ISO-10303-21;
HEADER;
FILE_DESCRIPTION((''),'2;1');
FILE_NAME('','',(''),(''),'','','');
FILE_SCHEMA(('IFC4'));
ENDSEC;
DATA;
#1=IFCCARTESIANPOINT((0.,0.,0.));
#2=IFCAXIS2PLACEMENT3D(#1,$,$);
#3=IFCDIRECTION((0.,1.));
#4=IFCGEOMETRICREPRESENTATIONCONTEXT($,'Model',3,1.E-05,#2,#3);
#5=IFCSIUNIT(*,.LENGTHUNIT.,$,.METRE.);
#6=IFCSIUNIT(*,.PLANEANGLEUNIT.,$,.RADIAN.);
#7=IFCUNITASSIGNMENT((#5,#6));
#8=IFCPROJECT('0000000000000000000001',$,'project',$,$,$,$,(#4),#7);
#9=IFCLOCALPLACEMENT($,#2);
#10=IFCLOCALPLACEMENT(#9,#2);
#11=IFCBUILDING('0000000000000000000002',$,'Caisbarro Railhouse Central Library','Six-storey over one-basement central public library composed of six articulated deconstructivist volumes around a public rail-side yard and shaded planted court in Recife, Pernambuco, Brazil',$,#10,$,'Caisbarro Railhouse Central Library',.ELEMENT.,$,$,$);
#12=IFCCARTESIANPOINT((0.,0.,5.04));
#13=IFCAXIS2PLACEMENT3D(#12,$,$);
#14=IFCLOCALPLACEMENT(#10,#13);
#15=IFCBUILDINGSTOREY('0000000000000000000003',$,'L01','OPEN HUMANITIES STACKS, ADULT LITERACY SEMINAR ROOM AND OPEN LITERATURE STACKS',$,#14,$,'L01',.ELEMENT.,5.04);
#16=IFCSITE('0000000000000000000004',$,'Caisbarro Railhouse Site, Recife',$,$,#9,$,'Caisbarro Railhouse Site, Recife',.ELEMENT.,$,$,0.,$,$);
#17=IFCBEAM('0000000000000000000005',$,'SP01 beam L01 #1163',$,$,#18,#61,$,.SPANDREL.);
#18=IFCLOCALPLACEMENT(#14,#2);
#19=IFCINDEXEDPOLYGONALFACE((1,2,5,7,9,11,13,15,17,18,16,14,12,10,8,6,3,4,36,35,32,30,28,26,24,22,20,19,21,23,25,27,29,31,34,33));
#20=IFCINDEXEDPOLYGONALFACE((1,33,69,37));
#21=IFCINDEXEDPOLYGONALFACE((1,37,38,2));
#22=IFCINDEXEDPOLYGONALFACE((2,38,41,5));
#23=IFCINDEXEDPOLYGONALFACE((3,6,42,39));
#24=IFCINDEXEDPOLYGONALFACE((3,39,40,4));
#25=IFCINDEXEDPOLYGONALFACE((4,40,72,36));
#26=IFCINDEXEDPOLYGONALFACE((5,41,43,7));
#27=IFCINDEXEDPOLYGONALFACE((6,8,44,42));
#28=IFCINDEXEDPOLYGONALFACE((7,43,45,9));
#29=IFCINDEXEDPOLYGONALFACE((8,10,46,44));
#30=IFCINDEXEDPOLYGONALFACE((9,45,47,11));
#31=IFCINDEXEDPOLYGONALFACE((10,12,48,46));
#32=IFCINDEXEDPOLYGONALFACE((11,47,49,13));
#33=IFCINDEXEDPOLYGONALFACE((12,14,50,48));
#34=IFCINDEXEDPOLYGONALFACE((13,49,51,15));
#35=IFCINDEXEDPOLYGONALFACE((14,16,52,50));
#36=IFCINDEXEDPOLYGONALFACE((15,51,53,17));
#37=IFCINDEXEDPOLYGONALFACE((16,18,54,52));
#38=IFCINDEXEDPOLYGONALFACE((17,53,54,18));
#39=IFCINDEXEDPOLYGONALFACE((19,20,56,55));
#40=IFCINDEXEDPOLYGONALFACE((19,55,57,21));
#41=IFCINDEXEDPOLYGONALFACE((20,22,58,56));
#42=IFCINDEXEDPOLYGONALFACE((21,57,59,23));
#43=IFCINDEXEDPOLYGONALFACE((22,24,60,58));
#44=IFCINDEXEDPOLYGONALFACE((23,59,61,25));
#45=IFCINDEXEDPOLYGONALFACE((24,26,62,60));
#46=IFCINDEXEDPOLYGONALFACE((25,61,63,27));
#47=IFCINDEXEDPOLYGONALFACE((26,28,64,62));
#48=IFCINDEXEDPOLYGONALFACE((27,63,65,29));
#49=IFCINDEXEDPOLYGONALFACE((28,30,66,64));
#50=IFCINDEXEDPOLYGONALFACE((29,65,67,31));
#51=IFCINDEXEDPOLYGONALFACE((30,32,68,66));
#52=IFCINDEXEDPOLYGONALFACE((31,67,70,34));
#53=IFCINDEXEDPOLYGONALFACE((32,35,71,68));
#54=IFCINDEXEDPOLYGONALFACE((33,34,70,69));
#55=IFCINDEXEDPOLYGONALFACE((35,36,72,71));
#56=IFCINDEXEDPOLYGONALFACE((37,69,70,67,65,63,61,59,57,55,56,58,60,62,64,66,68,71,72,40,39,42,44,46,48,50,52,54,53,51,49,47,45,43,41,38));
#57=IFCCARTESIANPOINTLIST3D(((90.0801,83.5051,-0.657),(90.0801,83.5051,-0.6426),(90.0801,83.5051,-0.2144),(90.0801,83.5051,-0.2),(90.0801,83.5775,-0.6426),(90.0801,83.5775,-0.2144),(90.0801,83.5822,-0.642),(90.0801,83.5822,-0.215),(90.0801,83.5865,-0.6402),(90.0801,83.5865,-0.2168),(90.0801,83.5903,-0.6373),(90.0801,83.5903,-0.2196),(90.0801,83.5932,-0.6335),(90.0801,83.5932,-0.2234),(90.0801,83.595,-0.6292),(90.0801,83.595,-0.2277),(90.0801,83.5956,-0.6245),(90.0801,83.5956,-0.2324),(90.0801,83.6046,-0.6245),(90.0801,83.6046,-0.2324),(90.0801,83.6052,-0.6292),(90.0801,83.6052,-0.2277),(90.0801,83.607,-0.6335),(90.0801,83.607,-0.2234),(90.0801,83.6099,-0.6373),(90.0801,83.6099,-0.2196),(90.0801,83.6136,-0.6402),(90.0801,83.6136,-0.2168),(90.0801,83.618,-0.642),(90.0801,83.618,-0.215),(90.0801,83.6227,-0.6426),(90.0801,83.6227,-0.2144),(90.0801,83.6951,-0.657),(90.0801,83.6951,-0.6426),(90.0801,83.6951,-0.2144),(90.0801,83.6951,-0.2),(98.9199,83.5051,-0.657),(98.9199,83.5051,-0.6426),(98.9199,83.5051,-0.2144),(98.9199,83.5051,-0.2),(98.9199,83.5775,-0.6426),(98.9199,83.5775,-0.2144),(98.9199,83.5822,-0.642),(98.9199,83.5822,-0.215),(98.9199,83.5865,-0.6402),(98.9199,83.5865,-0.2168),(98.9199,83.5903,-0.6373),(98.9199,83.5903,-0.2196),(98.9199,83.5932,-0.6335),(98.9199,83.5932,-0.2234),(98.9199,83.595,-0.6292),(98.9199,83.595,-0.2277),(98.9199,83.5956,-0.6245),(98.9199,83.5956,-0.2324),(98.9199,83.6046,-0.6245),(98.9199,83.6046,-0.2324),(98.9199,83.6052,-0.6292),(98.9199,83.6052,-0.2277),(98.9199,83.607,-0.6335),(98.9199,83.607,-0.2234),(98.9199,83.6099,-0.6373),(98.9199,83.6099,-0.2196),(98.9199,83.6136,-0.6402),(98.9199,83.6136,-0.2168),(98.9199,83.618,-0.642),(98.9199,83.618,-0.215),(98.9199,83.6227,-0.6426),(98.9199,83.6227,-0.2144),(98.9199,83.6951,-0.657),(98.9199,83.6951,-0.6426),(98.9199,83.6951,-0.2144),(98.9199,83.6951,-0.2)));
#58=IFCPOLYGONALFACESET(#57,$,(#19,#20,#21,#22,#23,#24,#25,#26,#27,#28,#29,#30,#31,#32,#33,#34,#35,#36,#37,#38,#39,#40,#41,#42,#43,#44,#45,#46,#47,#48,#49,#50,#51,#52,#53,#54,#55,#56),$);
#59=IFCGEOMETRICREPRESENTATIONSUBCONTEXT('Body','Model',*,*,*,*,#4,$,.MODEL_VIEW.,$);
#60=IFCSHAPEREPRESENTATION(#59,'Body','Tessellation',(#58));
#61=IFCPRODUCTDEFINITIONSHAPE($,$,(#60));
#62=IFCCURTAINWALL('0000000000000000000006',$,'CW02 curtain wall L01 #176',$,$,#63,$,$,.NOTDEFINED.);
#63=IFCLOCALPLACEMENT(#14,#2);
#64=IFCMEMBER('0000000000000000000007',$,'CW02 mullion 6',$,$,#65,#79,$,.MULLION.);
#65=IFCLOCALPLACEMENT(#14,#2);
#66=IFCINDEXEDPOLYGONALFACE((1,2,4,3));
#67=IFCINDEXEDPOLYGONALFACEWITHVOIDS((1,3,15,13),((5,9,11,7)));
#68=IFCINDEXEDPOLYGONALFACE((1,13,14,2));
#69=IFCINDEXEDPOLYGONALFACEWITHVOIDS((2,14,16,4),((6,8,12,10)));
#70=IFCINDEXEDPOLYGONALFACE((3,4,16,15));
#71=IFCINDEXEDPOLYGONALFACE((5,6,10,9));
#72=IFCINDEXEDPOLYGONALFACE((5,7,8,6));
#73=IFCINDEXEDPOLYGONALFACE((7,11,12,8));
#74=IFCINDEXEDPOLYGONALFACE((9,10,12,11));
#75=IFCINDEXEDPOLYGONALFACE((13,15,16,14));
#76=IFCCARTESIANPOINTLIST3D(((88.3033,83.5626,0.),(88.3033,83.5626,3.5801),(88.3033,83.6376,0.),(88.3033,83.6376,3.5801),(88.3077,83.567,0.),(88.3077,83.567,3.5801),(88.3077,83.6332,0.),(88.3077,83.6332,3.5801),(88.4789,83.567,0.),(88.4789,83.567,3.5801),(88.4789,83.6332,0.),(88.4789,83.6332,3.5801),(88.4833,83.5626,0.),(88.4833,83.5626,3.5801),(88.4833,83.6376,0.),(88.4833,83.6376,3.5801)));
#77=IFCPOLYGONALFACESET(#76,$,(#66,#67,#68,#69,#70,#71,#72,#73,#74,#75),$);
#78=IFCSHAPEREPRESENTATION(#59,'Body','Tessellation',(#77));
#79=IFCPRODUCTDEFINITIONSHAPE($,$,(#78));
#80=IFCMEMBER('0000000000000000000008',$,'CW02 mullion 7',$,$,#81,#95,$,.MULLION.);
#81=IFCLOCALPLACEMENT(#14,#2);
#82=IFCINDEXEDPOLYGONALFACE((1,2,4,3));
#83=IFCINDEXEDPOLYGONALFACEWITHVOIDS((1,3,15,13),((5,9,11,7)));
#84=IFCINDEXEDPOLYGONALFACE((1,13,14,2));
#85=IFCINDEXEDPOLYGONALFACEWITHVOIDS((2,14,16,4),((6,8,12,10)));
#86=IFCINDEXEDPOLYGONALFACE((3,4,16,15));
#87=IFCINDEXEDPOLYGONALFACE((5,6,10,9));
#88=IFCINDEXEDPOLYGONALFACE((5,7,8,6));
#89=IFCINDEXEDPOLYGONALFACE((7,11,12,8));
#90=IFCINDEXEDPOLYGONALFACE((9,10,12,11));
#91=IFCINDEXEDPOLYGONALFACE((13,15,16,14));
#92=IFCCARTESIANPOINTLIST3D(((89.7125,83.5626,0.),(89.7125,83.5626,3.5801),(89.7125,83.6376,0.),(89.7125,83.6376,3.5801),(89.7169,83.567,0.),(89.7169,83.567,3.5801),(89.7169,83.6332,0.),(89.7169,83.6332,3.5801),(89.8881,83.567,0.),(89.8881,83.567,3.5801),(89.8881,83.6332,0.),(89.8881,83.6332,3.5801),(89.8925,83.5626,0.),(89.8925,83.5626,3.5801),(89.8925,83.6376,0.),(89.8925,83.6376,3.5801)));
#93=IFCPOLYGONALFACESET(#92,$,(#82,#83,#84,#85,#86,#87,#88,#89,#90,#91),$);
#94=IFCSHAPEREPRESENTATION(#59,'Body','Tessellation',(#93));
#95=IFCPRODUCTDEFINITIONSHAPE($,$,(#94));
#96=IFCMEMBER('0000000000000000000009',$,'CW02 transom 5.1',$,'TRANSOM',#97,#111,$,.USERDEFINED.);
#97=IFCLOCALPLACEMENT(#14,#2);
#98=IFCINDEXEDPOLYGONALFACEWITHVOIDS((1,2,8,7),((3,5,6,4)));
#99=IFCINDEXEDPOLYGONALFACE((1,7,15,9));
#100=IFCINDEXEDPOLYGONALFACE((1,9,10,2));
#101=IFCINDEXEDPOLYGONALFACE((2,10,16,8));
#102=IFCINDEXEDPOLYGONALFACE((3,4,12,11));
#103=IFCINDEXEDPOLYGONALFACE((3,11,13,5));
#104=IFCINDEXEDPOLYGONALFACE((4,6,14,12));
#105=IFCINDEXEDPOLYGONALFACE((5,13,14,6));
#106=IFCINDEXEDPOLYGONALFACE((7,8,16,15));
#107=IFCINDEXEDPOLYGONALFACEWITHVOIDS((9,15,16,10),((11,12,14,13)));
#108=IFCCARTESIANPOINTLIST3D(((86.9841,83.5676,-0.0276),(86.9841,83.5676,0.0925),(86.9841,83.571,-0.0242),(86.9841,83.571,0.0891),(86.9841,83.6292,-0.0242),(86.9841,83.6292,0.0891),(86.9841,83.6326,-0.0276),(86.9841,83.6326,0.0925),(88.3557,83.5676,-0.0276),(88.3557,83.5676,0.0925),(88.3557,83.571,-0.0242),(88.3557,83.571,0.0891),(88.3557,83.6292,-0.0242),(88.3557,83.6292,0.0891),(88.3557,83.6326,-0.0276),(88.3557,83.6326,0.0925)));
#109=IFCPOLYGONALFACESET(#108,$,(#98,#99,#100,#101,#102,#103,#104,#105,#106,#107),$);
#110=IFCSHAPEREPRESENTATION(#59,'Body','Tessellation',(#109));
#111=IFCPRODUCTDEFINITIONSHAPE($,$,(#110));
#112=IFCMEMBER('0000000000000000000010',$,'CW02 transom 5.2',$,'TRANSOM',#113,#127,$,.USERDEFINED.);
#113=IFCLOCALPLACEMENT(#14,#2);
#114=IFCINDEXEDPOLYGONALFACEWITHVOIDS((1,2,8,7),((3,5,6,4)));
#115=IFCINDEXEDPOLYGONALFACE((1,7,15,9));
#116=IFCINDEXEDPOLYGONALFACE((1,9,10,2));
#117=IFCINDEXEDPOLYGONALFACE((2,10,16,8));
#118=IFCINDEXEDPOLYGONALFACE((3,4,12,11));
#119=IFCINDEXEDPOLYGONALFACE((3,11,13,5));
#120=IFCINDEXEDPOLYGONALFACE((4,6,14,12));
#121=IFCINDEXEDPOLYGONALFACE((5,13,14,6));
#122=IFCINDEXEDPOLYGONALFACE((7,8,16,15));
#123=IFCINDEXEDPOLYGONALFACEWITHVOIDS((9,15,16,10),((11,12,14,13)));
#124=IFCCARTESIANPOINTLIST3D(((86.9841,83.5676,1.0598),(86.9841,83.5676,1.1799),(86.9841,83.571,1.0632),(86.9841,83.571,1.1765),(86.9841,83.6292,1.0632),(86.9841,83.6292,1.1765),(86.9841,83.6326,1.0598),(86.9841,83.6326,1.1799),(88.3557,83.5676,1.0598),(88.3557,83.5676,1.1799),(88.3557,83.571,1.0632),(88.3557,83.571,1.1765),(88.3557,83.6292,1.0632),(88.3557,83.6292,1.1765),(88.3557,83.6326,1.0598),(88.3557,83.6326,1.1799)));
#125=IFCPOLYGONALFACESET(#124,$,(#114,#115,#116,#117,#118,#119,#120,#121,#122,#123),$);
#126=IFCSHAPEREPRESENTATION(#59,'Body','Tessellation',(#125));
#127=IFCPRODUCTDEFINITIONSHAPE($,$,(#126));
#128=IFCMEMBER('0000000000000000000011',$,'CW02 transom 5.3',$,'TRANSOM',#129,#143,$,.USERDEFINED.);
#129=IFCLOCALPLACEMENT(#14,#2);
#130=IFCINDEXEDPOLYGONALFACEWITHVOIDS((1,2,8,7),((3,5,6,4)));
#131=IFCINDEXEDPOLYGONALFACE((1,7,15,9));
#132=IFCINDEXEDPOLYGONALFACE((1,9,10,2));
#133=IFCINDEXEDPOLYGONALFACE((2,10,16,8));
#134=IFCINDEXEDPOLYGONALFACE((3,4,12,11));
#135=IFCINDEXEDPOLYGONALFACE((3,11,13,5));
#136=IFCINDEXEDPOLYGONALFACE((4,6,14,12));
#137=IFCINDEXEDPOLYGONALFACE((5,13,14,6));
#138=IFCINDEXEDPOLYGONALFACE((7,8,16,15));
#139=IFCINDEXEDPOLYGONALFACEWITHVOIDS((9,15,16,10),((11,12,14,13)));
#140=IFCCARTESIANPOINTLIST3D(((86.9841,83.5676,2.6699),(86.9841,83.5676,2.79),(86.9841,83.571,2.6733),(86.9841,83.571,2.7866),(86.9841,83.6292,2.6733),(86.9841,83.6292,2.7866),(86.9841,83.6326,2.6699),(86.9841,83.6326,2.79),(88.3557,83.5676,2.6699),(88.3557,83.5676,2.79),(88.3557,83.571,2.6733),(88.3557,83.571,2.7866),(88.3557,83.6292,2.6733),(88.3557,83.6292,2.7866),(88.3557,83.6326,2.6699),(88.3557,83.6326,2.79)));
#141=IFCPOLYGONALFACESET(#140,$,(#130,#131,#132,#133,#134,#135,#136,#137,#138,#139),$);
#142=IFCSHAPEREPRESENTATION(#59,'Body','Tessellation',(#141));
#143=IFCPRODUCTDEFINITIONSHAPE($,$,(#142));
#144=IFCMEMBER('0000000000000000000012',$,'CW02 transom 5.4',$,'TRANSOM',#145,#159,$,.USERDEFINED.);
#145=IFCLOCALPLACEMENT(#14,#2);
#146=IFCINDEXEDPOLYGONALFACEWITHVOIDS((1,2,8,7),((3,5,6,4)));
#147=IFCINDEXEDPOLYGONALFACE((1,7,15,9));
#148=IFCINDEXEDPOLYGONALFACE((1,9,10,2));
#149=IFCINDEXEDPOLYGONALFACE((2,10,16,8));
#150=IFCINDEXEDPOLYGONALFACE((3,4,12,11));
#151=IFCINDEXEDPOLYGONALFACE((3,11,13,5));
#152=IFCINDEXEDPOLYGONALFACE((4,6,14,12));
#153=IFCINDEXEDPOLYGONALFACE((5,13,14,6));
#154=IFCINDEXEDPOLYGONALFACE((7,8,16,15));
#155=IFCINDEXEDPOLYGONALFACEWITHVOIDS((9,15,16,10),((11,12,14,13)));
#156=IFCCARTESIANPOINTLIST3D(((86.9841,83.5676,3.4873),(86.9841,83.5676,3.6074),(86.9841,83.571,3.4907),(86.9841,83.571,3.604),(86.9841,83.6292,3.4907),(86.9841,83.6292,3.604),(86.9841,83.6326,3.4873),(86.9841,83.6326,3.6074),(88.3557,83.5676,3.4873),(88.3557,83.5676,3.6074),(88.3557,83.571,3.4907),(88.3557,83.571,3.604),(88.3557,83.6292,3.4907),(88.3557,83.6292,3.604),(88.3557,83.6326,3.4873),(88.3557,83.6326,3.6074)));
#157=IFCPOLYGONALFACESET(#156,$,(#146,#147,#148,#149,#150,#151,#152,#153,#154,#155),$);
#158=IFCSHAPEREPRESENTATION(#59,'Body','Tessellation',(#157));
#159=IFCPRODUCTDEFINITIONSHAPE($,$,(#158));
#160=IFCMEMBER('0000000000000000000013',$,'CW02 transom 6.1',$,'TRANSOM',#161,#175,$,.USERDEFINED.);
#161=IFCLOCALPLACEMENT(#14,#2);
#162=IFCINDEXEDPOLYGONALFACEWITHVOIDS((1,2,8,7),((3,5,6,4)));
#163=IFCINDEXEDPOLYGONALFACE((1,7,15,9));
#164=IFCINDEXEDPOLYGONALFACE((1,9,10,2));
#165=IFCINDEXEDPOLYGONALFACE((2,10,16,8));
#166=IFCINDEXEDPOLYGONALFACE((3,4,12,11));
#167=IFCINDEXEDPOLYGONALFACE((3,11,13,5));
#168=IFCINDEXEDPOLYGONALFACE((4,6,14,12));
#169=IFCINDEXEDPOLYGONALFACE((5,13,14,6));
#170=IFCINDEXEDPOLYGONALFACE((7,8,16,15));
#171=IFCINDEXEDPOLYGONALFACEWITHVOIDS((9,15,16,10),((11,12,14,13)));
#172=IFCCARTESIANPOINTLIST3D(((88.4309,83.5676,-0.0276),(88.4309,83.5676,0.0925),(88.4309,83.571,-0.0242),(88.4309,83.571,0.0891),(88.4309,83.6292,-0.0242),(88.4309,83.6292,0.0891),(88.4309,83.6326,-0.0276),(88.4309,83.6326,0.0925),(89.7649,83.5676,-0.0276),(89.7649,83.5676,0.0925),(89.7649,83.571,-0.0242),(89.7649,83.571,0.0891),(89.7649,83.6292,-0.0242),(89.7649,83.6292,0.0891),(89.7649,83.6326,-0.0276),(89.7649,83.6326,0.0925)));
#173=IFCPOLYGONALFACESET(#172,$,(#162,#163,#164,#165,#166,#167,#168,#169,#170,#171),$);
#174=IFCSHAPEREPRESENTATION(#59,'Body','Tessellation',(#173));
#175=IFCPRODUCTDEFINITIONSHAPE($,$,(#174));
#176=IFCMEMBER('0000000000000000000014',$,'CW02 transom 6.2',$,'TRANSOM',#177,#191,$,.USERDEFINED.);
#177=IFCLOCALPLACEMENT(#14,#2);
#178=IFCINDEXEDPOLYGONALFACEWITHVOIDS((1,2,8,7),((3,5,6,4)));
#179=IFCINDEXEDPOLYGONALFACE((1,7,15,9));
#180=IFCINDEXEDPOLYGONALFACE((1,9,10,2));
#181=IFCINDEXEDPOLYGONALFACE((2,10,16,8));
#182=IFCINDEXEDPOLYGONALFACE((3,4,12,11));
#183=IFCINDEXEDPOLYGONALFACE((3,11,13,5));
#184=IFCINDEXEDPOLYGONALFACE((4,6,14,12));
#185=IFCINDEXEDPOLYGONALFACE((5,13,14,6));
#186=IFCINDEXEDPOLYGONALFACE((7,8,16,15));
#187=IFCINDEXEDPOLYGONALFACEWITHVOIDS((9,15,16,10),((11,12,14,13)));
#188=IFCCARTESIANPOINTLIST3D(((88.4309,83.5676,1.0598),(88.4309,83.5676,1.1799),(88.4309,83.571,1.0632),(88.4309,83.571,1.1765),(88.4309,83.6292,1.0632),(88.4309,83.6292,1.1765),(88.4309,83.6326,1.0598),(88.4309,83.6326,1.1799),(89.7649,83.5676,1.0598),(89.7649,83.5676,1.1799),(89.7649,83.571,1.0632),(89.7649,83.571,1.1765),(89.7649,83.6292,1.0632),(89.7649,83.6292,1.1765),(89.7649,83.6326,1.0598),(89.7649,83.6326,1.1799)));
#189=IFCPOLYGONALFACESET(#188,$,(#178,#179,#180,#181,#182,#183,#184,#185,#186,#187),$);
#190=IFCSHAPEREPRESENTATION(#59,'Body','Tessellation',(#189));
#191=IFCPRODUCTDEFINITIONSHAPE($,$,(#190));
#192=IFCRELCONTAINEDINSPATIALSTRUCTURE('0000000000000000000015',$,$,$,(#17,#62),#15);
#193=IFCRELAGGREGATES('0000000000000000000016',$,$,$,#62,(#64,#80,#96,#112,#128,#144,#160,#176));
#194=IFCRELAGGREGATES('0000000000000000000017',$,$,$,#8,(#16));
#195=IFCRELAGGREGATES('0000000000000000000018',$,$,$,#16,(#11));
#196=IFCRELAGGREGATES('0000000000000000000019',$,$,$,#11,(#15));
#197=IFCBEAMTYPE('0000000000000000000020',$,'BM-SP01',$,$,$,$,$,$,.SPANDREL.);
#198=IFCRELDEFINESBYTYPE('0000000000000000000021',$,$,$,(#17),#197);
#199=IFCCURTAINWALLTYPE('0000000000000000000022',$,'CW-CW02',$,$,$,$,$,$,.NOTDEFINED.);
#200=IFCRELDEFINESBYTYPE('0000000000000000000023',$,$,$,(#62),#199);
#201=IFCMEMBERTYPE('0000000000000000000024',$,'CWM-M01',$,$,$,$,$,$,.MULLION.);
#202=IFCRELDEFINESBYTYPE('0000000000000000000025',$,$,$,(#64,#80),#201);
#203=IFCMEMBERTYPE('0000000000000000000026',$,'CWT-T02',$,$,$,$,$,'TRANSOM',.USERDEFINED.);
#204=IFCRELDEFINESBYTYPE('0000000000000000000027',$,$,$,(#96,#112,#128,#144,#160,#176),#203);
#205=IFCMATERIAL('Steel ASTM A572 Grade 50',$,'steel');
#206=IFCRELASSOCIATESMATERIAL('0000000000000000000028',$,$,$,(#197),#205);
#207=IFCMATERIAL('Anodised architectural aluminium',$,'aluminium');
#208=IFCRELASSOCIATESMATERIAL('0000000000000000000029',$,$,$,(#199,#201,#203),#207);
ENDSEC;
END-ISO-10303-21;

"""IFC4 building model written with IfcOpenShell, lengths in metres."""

from ifc_helpers import new_model, si_unit, direction, frame, origin, origin_2d, place, context, subcontext, project, spatial, hollow_rectangle, i_section, extrude, material, material_profile, profile_set, type_object, element, aggregate, save


model = new_model("IFC4")

# Units and contexts
model_context = context("Model", 3, precision=1e-05, world=origin(), true_north=direction((0.0, 1.0)))
body_context = subcontext(model_context, "Body", "Model", "MODEL_VIEW")
ifc_project = project(units=[si_unit("LENGTHUNIT", "METRE"), si_unit("PLANEANGLEUNIT", "RADIAN")], contexts=[model_context])

# Site, building, storey
site_placement = place(None, origin())
site = spatial("IfcSite", under=ifc_project, at=site_placement, Name="Caisbarro Railhouse Site, Recife", LongName="Caisbarro Railhouse Site, Recife", CompositionType="ELEMENT", RefElevation=0.0)
building_placement = place(site_placement, origin())
building = spatial("IfcBuilding", under=site, at=building_placement, Name="Caisbarro Railhouse Central Library", Description="Six-storey over one-basement central public library composed of six articulated deconstructivist volumes around a public rail-side yard and shaded planted court in Recife, Pernambuco, Brazil", LongName="Caisbarro Railhouse Central Library", CompositionType="ELEMENT")
storey_placement = place(building_placement, frame((0.0, 0.0, 5.04)))
storey = spatial("IfcBuildingStorey", under=building, at=storey_placement, Name="L01", Description="OPEN HUMANITIES STACKS, ADULT LITERACY SEMINAR ROOM AND OPEN LITERATURE STACKS", LongName="L01", CompositionType="ELEMENT", Elevation=5.04)

# Shared definitions
ifc_material_1 = material(Name="Steel ASTM A572 Grade 50", Category="steel")

# Beam
ifc_material_profile_1 = material_profile(ifc_material_1, i_section(OverallWidth=0.1899, OverallDepth=0.457, WebThickness=0.009, FlangeThickness=0.0144, FilletRadius=0.0181, at=origin_2d()), Name="W460X74.0")
ifc_profile_set_1 = profile_set([ifc_material_profile_1], Name="Steel ASTM A572 Grade 50")
beam_type_1 = type_object("IfcBeamType", Name="BM-SP01", PredefinedType="SPANDREL", material=ifc_profile_set_1)
beam_1_placement = place(storey_placement, frame((90.0801, 83.6001, -0.4285), z_axis=(1.0, 0.0, 0.0), x_axis=(0.0, 1.0, 0.0)))
element("IfcBeam", 1, at=beam_1_placement, inside=storey, type_object=beam_type_1, Name="SP01 beam L01 #1163", PredefinedType="SPANDREL", context=body_context, shape_type="SweptSolid", body=[
    extrude(i_section(OverallWidth=0.1899, OverallDepth=0.457, WebThickness=0.009, FlangeThickness=0.0144, FilletRadius=0.0181, at=origin_2d()), origin(), (0.0, 0.0, 1.0), 8.8398),
])

# Curtain wall, members
ifc_material_2 = material(Name="Anodised architectural aluminium", Category="aluminium")
curtain_wall_type = type_object("IfcCurtainWallType", Name="CW-CW02", PredefinedType="NOTDEFINED", material=ifc_material_2)
curtain_wall_placement = place(storey_placement, origin())
curtain_wall = element("IfcCurtainWall", 2, at=curtain_wall_placement, inside=storey, type_object=curtain_wall_type, Name="CW02 curtain wall L01 #176", PredefinedType="NOTDEFINED")
ifc_material_profile_2 = material_profile(ifc_material_2, hollow_rectangle(XDim=0.075, YDim=0.1799, WallThickness=0.0044, at=origin_2d()), Name="ALU-MUL-75X180")
ifc_profile_set_2 = profile_set([ifc_material_profile_2], Name="Anodised architectural aluminium")
member_type_1 = type_object("IfcMemberType", Name="CWM-M01", PredefinedType="MULLION", material=ifc_profile_set_2)
member_1_placement = place(storey_placement, frame((88.3933, 83.6001, 0.0), z_axis=(0.0, 0.0, 1.0), x_axis=(0.0, 1.0, 0.0)))
member_1 = element("IfcMember", 3, at=member_1_placement, type_object=member_type_1, Name="CW02 mullion 6", PredefinedType="MULLION", context=body_context, shape_type="SweptSolid", body=[
    extrude(hollow_rectangle(XDim=0.075, YDim=0.1799, WallThickness=0.0044, at=origin_2d()), origin(), (0.0, 0.0, 1.0), 3.5801),
])
member_2_placement = place(storey_placement, frame((89.8025, 83.6001, 0.0), z_axis=(0.0, 0.0, 1.0), x_axis=(0.0, 1.0, 0.0)))
member_2 = element("IfcMember", 4, at=member_2_placement, type_object=member_type_1, Name="CW02 mullion 7", PredefinedType="MULLION", context=body_context, shape_type="SweptSolid", body=[
    extrude(hollow_rectangle(XDim=0.075, YDim=0.1799, WallThickness=0.0044, at=origin_2d()), origin(), (0.0, 0.0, 1.0), 3.5801),
])
ifc_material_profile_3 = material_profile(ifc_material_2, hollow_rectangle(XDim=0.0649, YDim=0.1201, WallThickness=0.0034, at=origin_2d()), Name="ALU-TRN-65X120")
ifc_profile_set_3 = profile_set([ifc_material_profile_3], Name="Anodised architectural aluminium")
member_type_2 = type_object("IfcMemberType", Name="CWT-T02", ElementType="TRANSOM", PredefinedType="USERDEFINED", material=ifc_profile_set_3)
member_3_placement = place(storey_placement, frame((86.9841, 83.6001, 0.0325), z_axis=(1.0, 0.0, 0.0), x_axis=(0.0, 1.0, 0.0)))
member_3 = element("IfcMember", 5, at=member_3_placement, type_object=member_type_2, Name="CW02 transom 5.1", ObjectType="TRANSOM", PredefinedType="USERDEFINED", context=body_context, shape_type="SweptSolid", body=[
    extrude(hollow_rectangle(XDim=0.0649, YDim=0.1201, WallThickness=0.0034, at=origin_2d()), origin(), (0.0, 0.0, 1.0), 1.3716),
])
member_4_placement = place(storey_placement, frame((86.9841, 83.6001, 1.1199), z_axis=(1.0, 0.0, 0.0), x_axis=(0.0, 1.0, 0.0)))
member_4 = element("IfcMember", 6, at=member_4_placement, type_object=member_type_2, Name="CW02 transom 5.2", ObjectType="TRANSOM", PredefinedType="USERDEFINED", context=body_context, shape_type="SweptSolid", body=[
    extrude(hollow_rectangle(XDim=0.0649, YDim=0.1201, WallThickness=0.0034, at=origin_2d()), origin(), (0.0, 0.0, 1.0), 1.3716),
])
member_5_placement = place(storey_placement, frame((86.9841, 83.6001, 2.73), z_axis=(1.0, 0.0, 0.0), x_axis=(0.0, 1.0, 0.0)))
member_5 = element("IfcMember", 7, at=member_5_placement, type_object=member_type_2, Name="CW02 transom 5.3", ObjectType="TRANSOM", PredefinedType="USERDEFINED", context=body_context, shape_type="SweptSolid", body=[
    extrude(hollow_rectangle(XDim=0.0649, YDim=0.1201, WallThickness=0.0034, at=origin_2d()), origin(), (0.0, 0.0, 1.0), 1.3716),
])
member_6_placement = place(storey_placement, frame((86.9841, 83.6001, 3.5474), z_axis=(1.0, 0.0, 0.0), x_axis=(0.0, 1.0, 0.0)))
member_6 = element("IfcMember", 8, at=member_6_placement, type_object=member_type_2, Name="CW02 transom 5.4", ObjectType="TRANSOM", PredefinedType="USERDEFINED", context=body_context, shape_type="SweptSolid", body=[
    extrude(hollow_rectangle(XDim=0.0649, YDim=0.1201, WallThickness=0.0034, at=origin_2d()), origin(), (0.0, 0.0, 1.0), 1.3716),
])
member_7_placement = place(storey_placement, frame((88.4309, 83.6001, 0.0325), z_axis=(1.0, 0.0, 0.0), x_axis=(0.0, 1.0, 0.0)))
member_7 = element("IfcMember", 9, at=member_7_placement, type_object=member_type_2, Name="CW02 transom 6.1", ObjectType="TRANSOM", PredefinedType="USERDEFINED", context=body_context, shape_type="SweptSolid", body=[
    extrude(hollow_rectangle(XDim=0.0649, YDim=0.1201, WallThickness=0.0034, at=origin_2d()), origin(), (0.0, 0.0, 1.0), 1.334),
])
member_8_placement = place(storey_placement, frame((88.4309, 83.6001, 1.1199), z_axis=(1.0, 0.0, 0.0), x_axis=(0.0, 1.0, 0.0)))
member_8 = element("IfcMember", 10, at=member_8_placement, type_object=member_type_2, Name="CW02 transom 6.2", ObjectType="TRANSOM", PredefinedType="USERDEFINED", context=body_context, shape_type="SweptSolid", body=[
    extrude(hollow_rectangle(XDim=0.0649, YDim=0.1201, WallThickness=0.0034, at=origin_2d()), origin(), (0.0, 0.0, 1.0), 1.334),
])
aggregate(curtain_wall, [member_1, member_2, member_3, member_4, member_5, member_6, member_7, member_8])

save(model, "model.ifc")
